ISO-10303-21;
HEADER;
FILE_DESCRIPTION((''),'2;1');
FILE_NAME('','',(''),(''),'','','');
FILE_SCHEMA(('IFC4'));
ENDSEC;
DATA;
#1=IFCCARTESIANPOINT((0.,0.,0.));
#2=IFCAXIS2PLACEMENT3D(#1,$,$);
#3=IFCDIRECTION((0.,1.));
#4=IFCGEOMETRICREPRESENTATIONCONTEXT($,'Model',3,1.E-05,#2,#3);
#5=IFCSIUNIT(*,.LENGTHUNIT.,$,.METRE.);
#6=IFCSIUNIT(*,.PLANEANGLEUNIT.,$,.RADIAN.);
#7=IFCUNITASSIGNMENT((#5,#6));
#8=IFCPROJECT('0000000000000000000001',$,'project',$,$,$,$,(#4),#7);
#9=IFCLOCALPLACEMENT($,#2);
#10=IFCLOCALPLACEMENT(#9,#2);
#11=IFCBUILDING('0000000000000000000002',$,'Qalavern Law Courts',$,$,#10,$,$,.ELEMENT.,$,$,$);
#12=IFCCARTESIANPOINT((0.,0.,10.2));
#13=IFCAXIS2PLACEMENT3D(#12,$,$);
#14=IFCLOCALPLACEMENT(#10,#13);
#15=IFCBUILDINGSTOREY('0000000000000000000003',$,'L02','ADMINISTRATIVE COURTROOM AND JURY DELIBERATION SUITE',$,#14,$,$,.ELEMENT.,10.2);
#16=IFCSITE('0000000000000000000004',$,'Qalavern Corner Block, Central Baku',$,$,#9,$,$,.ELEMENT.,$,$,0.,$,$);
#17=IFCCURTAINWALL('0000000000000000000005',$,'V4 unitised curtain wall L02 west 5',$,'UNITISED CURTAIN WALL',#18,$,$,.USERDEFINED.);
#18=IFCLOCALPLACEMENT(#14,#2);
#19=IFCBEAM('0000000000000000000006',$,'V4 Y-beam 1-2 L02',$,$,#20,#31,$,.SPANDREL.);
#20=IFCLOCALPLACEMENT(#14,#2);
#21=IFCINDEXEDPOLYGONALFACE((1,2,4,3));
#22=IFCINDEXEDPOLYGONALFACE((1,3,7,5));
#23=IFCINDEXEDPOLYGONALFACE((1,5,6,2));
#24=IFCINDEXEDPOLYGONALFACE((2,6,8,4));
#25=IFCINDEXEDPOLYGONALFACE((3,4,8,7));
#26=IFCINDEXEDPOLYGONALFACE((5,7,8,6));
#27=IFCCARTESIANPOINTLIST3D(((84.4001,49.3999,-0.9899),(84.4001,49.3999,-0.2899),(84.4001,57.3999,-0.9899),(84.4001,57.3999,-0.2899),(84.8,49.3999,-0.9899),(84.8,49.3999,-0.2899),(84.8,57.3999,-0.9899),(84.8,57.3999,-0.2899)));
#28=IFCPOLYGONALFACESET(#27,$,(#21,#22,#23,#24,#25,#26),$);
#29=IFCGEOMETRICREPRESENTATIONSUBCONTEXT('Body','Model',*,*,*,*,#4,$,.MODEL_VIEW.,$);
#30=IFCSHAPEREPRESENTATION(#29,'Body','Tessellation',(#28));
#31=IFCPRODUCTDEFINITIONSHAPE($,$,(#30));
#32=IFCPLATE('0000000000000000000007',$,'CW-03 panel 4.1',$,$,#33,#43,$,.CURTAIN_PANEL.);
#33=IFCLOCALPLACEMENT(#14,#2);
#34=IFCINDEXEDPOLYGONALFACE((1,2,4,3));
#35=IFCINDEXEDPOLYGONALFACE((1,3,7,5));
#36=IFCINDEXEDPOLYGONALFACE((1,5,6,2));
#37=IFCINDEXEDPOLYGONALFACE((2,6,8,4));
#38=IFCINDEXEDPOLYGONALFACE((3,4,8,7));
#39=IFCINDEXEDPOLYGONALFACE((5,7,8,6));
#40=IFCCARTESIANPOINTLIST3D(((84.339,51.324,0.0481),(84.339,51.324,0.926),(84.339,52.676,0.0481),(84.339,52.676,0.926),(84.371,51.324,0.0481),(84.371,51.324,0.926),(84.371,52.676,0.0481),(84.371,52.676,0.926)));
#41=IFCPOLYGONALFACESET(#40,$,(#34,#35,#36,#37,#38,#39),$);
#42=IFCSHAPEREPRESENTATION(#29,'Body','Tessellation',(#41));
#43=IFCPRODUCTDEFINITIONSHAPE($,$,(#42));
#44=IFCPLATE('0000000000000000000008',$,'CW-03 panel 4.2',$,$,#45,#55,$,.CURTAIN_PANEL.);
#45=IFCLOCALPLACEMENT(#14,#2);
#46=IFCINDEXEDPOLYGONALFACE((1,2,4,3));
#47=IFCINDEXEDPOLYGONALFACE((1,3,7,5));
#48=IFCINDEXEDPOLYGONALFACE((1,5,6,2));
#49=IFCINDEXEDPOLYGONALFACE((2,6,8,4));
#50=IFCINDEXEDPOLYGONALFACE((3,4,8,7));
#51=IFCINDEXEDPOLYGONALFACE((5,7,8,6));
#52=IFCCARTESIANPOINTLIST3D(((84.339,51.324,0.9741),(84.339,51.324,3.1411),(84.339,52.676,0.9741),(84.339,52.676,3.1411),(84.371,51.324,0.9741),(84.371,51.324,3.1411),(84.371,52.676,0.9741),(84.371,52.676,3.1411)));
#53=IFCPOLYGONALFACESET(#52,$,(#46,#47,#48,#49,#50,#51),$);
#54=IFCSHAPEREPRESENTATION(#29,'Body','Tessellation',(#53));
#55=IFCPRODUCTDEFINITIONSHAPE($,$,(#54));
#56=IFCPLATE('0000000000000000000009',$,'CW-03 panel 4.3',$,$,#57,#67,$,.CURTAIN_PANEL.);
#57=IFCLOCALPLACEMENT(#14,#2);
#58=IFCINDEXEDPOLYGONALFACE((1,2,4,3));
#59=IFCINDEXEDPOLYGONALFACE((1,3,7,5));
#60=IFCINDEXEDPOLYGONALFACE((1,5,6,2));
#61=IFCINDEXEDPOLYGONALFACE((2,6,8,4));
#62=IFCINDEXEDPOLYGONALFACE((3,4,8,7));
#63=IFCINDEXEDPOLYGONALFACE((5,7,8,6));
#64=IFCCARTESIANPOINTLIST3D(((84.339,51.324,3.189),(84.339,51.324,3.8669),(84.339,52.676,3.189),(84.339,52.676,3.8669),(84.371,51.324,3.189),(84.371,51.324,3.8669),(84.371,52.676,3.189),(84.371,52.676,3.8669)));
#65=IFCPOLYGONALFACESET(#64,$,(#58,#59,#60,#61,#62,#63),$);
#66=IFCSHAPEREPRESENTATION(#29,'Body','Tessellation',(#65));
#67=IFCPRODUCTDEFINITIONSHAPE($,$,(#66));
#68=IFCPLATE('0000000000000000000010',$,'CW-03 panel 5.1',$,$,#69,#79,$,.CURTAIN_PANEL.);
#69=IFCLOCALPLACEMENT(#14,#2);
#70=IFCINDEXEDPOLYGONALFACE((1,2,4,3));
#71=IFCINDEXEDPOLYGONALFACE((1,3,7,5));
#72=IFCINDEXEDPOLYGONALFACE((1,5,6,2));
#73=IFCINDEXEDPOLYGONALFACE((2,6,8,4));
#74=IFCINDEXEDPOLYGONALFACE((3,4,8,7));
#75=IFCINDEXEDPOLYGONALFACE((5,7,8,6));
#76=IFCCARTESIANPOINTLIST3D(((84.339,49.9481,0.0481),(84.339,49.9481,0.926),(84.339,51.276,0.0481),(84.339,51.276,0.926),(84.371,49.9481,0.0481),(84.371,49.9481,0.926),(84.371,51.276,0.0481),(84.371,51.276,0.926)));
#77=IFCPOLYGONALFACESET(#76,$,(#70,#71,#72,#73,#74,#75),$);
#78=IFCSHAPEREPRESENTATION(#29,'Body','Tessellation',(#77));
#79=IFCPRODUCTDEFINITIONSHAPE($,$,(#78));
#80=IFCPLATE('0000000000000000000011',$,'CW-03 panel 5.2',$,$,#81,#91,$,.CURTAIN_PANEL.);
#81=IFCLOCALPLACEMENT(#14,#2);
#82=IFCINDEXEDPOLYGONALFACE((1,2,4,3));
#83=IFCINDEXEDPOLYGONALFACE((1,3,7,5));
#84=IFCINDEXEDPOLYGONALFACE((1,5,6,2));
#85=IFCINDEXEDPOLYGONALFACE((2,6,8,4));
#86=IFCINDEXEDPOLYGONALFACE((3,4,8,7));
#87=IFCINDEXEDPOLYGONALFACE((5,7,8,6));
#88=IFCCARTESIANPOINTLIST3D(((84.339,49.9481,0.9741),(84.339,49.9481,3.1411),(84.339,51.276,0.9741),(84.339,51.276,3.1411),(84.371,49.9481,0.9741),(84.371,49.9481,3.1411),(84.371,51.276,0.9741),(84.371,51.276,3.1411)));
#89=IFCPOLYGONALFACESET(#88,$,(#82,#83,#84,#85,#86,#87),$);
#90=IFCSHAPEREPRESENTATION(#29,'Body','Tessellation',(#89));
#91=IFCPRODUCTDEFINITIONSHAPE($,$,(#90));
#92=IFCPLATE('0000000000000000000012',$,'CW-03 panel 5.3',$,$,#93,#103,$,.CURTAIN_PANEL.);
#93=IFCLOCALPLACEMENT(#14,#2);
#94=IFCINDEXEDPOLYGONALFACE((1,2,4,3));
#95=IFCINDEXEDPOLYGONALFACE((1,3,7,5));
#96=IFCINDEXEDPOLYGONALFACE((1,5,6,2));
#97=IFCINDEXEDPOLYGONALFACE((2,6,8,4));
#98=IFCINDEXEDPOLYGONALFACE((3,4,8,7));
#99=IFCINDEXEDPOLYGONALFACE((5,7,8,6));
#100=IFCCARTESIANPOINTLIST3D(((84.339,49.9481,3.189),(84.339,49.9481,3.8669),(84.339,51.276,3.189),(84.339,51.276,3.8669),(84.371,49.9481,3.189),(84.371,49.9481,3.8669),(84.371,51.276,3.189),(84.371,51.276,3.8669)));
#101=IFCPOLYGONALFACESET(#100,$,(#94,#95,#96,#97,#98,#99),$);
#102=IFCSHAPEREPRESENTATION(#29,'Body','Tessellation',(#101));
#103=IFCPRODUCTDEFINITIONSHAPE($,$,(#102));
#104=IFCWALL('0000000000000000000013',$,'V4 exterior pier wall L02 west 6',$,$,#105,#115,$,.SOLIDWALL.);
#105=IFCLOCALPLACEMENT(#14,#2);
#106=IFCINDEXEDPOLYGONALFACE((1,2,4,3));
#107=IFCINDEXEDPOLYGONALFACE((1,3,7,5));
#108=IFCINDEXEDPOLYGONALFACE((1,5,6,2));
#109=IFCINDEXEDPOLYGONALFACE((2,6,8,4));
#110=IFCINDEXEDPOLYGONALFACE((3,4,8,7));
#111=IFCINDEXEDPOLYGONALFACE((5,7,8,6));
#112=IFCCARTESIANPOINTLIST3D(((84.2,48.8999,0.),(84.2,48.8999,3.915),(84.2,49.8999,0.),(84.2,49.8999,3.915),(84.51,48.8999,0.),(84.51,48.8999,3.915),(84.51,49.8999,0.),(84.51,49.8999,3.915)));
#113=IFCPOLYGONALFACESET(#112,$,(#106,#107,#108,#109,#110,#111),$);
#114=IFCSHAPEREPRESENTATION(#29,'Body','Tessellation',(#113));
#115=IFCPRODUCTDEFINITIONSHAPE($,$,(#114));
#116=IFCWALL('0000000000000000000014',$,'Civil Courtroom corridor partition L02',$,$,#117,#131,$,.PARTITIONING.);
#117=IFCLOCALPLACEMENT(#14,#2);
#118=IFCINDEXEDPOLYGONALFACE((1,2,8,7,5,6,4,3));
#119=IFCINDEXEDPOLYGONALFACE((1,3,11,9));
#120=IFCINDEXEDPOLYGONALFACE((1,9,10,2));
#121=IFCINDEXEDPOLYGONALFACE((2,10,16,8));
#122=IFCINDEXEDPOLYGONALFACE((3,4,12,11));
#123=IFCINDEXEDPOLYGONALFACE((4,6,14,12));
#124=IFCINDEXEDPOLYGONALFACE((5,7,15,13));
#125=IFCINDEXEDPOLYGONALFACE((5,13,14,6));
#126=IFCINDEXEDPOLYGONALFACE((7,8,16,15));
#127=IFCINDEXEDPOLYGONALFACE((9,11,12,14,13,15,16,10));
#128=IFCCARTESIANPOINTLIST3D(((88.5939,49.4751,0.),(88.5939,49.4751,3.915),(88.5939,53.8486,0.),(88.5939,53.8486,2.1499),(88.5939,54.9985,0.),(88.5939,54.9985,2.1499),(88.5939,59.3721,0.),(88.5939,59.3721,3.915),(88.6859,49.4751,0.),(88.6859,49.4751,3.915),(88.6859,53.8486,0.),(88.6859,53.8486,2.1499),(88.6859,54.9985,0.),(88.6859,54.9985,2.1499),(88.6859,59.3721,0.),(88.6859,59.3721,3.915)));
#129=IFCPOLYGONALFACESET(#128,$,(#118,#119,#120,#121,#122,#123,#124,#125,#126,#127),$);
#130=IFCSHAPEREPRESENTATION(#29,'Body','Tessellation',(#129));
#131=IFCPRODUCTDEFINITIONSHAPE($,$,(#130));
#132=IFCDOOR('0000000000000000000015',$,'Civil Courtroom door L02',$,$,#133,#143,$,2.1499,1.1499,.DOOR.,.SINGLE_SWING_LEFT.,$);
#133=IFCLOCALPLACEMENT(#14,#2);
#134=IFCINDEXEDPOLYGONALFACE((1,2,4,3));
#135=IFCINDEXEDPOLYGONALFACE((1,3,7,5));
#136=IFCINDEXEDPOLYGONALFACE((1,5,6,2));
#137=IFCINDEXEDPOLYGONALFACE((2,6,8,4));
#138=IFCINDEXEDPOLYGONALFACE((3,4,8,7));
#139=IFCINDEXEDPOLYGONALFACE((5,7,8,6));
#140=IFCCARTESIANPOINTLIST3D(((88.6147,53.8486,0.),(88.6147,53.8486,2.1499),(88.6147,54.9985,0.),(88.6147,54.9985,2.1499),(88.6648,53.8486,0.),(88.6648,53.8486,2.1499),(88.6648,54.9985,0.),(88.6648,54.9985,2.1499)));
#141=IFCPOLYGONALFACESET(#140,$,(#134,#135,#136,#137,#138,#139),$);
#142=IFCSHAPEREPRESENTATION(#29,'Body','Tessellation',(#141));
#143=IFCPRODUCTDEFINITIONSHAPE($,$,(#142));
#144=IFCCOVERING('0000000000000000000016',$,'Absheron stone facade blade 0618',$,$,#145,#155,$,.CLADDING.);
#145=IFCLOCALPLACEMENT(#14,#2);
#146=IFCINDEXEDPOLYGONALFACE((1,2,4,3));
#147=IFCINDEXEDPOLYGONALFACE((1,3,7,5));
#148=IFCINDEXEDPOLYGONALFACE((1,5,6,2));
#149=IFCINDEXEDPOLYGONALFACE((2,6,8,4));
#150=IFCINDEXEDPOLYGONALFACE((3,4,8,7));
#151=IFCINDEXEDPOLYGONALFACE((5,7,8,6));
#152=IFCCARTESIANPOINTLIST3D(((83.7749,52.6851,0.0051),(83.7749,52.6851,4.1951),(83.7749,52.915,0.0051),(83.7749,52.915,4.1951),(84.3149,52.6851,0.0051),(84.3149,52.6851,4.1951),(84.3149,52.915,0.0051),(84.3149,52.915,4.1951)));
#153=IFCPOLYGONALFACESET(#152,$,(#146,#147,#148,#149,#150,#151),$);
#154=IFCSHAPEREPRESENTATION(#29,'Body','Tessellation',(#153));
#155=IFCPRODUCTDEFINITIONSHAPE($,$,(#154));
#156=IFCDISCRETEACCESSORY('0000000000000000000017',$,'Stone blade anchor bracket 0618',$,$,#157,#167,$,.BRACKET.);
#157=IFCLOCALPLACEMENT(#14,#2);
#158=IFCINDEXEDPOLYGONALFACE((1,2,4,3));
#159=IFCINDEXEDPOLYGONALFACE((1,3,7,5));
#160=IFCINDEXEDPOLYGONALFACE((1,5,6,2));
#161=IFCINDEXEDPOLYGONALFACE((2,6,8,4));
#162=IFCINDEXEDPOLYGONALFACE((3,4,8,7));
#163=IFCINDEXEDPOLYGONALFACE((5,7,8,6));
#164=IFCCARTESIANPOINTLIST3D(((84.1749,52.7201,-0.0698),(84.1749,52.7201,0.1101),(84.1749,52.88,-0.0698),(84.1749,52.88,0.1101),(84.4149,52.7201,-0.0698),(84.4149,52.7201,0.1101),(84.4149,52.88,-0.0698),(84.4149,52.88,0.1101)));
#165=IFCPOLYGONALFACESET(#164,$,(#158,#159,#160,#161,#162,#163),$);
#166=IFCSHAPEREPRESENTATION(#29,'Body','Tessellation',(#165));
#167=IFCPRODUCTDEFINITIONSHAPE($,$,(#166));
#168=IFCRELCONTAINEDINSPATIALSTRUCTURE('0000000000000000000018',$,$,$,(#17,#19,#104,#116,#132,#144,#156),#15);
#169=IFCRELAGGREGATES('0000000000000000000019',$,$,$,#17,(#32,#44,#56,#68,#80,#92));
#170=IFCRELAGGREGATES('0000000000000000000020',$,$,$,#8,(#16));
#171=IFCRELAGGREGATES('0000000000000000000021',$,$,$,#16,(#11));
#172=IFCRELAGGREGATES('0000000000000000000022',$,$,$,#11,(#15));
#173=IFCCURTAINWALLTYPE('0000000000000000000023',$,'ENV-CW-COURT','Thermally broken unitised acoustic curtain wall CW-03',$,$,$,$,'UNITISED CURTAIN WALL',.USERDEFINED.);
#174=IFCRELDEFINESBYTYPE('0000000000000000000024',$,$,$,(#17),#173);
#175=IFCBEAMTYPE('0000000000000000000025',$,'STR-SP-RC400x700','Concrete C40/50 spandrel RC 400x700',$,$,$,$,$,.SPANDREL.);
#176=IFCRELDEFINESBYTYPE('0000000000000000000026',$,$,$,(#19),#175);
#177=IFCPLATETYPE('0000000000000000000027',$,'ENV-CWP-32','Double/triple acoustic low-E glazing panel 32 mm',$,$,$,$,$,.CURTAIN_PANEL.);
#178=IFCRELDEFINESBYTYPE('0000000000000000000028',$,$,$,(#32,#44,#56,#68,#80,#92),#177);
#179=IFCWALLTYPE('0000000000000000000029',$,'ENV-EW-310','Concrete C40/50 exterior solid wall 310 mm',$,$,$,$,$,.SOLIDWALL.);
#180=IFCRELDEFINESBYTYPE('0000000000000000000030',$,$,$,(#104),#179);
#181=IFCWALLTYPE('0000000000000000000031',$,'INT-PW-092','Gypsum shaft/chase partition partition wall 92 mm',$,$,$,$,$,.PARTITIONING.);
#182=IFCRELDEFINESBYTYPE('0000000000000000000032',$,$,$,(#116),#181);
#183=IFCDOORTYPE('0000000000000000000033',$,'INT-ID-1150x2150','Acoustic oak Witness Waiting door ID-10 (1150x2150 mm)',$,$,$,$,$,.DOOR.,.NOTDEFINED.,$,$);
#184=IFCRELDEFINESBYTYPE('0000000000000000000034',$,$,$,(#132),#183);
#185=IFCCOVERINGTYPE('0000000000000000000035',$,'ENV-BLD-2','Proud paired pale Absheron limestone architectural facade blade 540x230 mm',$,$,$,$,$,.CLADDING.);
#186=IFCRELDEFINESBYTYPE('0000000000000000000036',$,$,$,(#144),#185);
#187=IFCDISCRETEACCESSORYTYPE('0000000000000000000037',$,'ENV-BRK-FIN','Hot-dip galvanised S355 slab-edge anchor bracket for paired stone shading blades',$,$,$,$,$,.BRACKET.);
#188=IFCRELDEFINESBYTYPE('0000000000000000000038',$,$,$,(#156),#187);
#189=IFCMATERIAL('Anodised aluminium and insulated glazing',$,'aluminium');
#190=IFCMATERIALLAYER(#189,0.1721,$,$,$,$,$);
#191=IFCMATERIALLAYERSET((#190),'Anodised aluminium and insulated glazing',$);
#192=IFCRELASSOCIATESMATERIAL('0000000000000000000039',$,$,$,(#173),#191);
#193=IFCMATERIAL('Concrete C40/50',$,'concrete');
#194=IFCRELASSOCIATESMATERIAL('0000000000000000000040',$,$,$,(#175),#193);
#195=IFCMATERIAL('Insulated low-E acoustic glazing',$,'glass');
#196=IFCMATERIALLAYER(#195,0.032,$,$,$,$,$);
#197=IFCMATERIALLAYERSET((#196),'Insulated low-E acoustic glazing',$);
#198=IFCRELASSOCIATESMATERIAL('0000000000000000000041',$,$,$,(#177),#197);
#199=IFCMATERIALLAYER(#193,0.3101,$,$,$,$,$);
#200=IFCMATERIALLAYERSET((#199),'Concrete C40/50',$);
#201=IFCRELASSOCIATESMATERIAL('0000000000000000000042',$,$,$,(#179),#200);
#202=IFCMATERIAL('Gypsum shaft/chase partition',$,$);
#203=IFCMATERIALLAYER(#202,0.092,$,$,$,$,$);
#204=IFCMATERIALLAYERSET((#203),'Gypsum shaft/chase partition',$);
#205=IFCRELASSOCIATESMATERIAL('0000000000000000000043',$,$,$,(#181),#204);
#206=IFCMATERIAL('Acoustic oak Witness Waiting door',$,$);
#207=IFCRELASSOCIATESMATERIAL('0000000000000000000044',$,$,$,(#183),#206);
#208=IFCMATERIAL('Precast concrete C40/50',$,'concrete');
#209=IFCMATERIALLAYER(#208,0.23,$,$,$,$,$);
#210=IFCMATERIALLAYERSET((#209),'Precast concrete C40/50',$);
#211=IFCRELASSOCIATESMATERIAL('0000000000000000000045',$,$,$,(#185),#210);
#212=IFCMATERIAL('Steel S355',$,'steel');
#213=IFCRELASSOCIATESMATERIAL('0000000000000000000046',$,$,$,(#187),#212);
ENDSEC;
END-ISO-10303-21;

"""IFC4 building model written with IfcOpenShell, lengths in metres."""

from ifc_helpers import new_model, si_unit, direction, frame, frame_2d, origin, origin_2d, place, context, subcontext, project, spatial, rectangle, extrude, material, layer, layer_set, material_profile, profile_set, type_object, element, fill, aggregate, save


model = new_model("IFC4")

# Units and contexts
model_context = context("Model", 3, precision=1e-05, world=origin(), true_north=direction((0.0, 1.0)))
body_context = subcontext(model_context, "Body", "Model", "MODEL_VIEW")
ifc_project = project(units=[si_unit("LENGTHUNIT", "METRE"), si_unit("PLANEANGLEUNIT", "RADIAN")], contexts=[model_context])

# Site, building, storey
site_placement = place(None, origin())
site = spatial("IfcSite", under=ifc_project, at=site_placement, Name="Qalavern Corner Block, Central Baku", CompositionType="ELEMENT", RefElevation=0.0)
building_placement = place(site_placement, origin())
building = spatial("IfcBuilding", under=site, at=building_placement, Name="Qalavern Law Courts", CompositionType="ELEMENT")
storey_placement = place(building_placement, frame((0.0, 0.0, 10.2)))
storey = spatial("IfcBuildingStorey", under=building, at=storey_placement, Name="L02", Description="ADMINISTRATIVE COURTROOM AND JURY DELIBERATION SUITE", CompositionType="ELEMENT", Elevation=10.2)

# Curtain wall
ifc_material_1 = material(Name="Anodised aluminium and insulated glazing", Category="aluminium")
ifc_layer_1 = layer(ifc_material_1, 0.1721)
ifc_layer_set_1 = layer_set([ifc_layer_1], Name="Anodised aluminium and insulated glazing")
curtain_wall_type = type_object("IfcCurtainWallType", Name="ENV-CW-COURT", Description="Thermally broken unitised acoustic curtain wall CW-03", ElementType="UNITISED CURTAIN WALL", PredefinedType="USERDEFINED", material=ifc_layer_set_1)
curtain_wall_placement = place(storey_placement, origin())
curtain_wall = element("IfcCurtainWall", 1, at=curtain_wall_placement, inside=storey, type_object=curtain_wall_type, Name="V4 unitised curtain wall L02 west 5", ObjectType="UNITISED CURTAIN WALL", PredefinedType="USERDEFINED")

# Beam
ifc_material_2 = material(Name="Concrete C40/50", Category="concrete")
ifc_material_profile_1 = material_profile(ifc_material_2, rectangle(XDim=0.3999, YDim=0.7, at=origin_2d()), Name="RC 400x700")
ifc_profile_set_1 = profile_set([ifc_material_profile_1], Name="Concrete C40/50")
beam_type = type_object("IfcBeamType", Name="STR-SP-RC400x700", Description="Concrete C40/50 spandrel RC 400x700", PredefinedType="SPANDREL", material=ifc_profile_set_1)
beam_placement = place(storey_placement, frame((84.6001, 49.3999, -0.6399), z_axis=(0.0, 1.0, 0.0), x_axis=(-1.0, 0.0, 0.0)))
element("IfcBeam", 2, at=beam_placement, inside=storey, type_object=beam_type, Name="V4 Y-beam 1-2 L02", PredefinedType="SPANDREL", context=body_context, shape_type="SweptSolid", body=[
    extrude(rectangle(XDim=0.3999, YDim=0.7, at=origin_2d()), origin(), (0.0, 0.0, 1.0), 8.0),
])

# Plates
ifc_material_3 = material(Name="Insulated low-E acoustic glazing", Category="glass")
ifc_layer_2 = layer(ifc_material_3, 0.032)
ifc_layer_set_2 = layer_set([ifc_layer_2], Name="Insulated low-E acoustic glazing")
plate_type = type_object("IfcPlateType", Name="ENV-CWP-32", Description="Double/triple acoustic low-E glazing panel 32 mm", PredefinedType="CURTAIN_PANEL", material=ifc_layer_set_2)
plate_1_placement = place(storey_placement, frame((84.355, 52.0, 0.0481), z_axis=(0.0, 0.0, 1.0), x_axis=(0.0, -1.0, 0.0)))
plate_1 = element("IfcPlate", 3, at=plate_1_placement, type_object=plate_type, Name="CW-03 panel 4.1", PredefinedType="CURTAIN_PANEL", context=body_context, shape_type="SweptSolid", body=[
    extrude(rectangle(XDim=1.3521, YDim=0.032, at=origin_2d()), origin(), (0.0, 0.0, 1.0), 0.8779),
])
plate_2_placement = place(storey_placement, frame((84.355, 52.0, 0.9741), z_axis=(0.0, 0.0, 1.0), x_axis=(0.0, -1.0, 0.0)))
plate_2 = element("IfcPlate", 4, at=plate_2_placement, type_object=plate_type, Name="CW-03 panel 4.2", PredefinedType="CURTAIN_PANEL", context=body_context, shape_type="SweptSolid", body=[
    extrude(rectangle(XDim=1.3521, YDim=0.032, at=origin_2d()), origin(), (0.0, 0.0, 1.0), 2.167),
])
plate_3_placement = place(storey_placement, frame((84.355, 52.0, 3.189), z_axis=(0.0, 0.0, 1.0), x_axis=(0.0, -1.0, 0.0)))
plate_3 = element("IfcPlate", 5, at=plate_3_placement, type_object=plate_type, Name="CW-03 panel 4.3", PredefinedType="CURTAIN_PANEL", context=body_context, shape_type="SweptSolid", body=[
    extrude(rectangle(XDim=1.3521, YDim=0.032, at=origin_2d()), origin(), (0.0, 0.0, 1.0), 0.678),
])
plate_4_placement = place(storey_placement, frame((84.355, 50.6121, 0.0481), z_axis=(0.0, 0.0, 1.0), x_axis=(0.0, -1.0, 0.0)))
plate_4 = element("IfcPlate", 6, at=plate_4_placement, type_object=plate_type, Name="CW-03 panel 5.1", PredefinedType="CURTAIN_PANEL", context=body_context, shape_type="SweptSolid", body=[
    extrude(rectangle(XDim=1.3279, YDim=0.032, at=origin_2d()), origin(), (0.0, 0.0, 1.0), 0.8779),
])
plate_5_placement = place(storey_placement, frame((84.355, 50.6121, 0.9741), z_axis=(0.0, 0.0, 1.0), x_axis=(0.0, -1.0, 0.0)))
plate_5 = element("IfcPlate", 7, at=plate_5_placement, type_object=plate_type, Name="CW-03 panel 5.2", PredefinedType="CURTAIN_PANEL", context=body_context, shape_type="SweptSolid", body=[
    extrude(rectangle(XDim=1.3279, YDim=0.032, at=origin_2d()), origin(), (0.0, 0.0, 1.0), 2.167),
])
plate_6_placement = place(storey_placement, frame((84.355, 50.6121, 3.189), z_axis=(0.0, 0.0, 1.0), x_axis=(0.0, -1.0, 0.0)))
plate_6 = element("IfcPlate", 8, at=plate_6_placement, type_object=plate_type, Name="CW-03 panel 5.3", PredefinedType="CURTAIN_PANEL", context=body_context, shape_type="SweptSolid", body=[
    extrude(rectangle(XDim=1.3279, YDim=0.032, at=origin_2d()), origin(), (0.0, 0.0, 1.0), 0.678),
])
aggregate(curtain_wall, [plate_1, plate_2, plate_3, plate_4, plate_5, plate_6])

# Wall
ifc_layer_3 = layer(ifc_material_2, 0.3101)
ifc_layer_set_3 = layer_set([ifc_layer_3], Name="Concrete C40/50")
wall_type_1 = type_object("IfcWallType", Name="ENV-EW-310", Description="Concrete C40/50 exterior solid wall 310 mm", PredefinedType="SOLIDWALL", material=ifc_layer_set_3)
wall_1_placement = place(storey_placement, frame((84.355, 49.8999, 0.0), z_axis=(0.0, 0.0, 1.0), x_axis=(0.0, -1.0, 0.0)))
element("IfcWall", 9, at=wall_1_placement, inside=storey, type_object=wall_type_1, Name="V4 exterior pier wall L02 west 6", PredefinedType="SOLIDWALL", context=body_context, shape_type="SweptSolid", body=[
    extrude(rectangle(XDim=1.0, YDim=0.3101, at=frame_2d((0.5, 0.0))), origin(), (0.0, 0.0, 1.0), 3.915),
])

# Wall, opening, door
ifc_material_4 = material(Name="Gypsum shaft/chase partition")
ifc_layer_4 = layer(ifc_material_4, 0.092)
ifc_layer_set_4 = layer_set([ifc_layer_4], Name="Gypsum shaft/chase partition")
wall_type_2 = type_object("IfcWallType", Name="INT-PW-092", Description="Gypsum shaft/chase partition partition wall 92 mm", PredefinedType="PARTITIONING", material=ifc_layer_set_4)
wall_2_placement = place(storey_placement, frame((88.6399, 49.4751, 0.0), z_axis=(0.0, 0.0, 1.0), x_axis=(0.0, 1.0, 0.0)))
wall_2 = element("IfcWall", 10, at=wall_2_placement, inside=storey, type_object=wall_type_2, Name="Civil Courtroom corridor partition L02", PredefinedType="PARTITIONING", context=body_context, shape_type="SweptSolid", body=[
    extrude(rectangle(XDim=9.897, YDim=0.092, at=frame_2d((4.9485, 0.0))), origin(), (0.0, 0.0, 1.0), 3.915),
])
opening_placement = place(wall_2_placement, frame((4.3735, 0.0, 0.0)))
opening = element("IfcOpeningElement", 11, at=opening_placement, cuts=wall_2, PredefinedType="OPENING", context=body_context, shape_type="SweptSolid", body=[
    extrude(rectangle(XDim=1.1499, YDim=2.1499, at=frame_2d((0.575, 1.075))), frame((0.0, 0.061, 0.0), z_axis=(0.0, -1.0, 0.0), x_axis=(1.0, 0.0, 0.0)), (0.0, 0.0, 1.0), 0.1218),
])
ifc_material_5 = material(Name="Acoustic oak Witness Waiting door")
door_type = type_object("IfcDoorType", Name="INT-ID-1150x2150", Description="Acoustic oak Witness Waiting door ID-10 (1150x2150 mm)", OperationType="NOTDEFINED", PredefinedType="DOOR", material=ifc_material_5)
door_placement = place(opening_placement, frame((1.1499, 0.0, 0.0), z_axis=(0.0, 0.0, 1.0), x_axis=(-1.0, 0.0, 0.0)))
door = element("IfcDoor", 12, at=door_placement, inside=storey, type_object=door_type, Name="Civil Courtroom door L02", OperationType="SINGLE_SWING_LEFT", OverallHeight=2.1499, OverallWidth=1.1499, PredefinedType="DOOR", context=body_context, shape_type="SweptSolid", body=[
    extrude(rectangle(XDim=1.1499, YDim=2.1499, at=frame_2d((0.575, 1.075))), frame((0.0, 0.0249, 0.0), z_axis=(0.0, -1.0, 0.0), x_axis=(1.0, 0.0, 0.0)), (0.0, 0.0, 1.0), 0.05),
])
fill(opening, door)

# Covering
ifc_material_6 = material(Name="Precast concrete C40/50", Category="concrete")
ifc_layer_5 = layer(ifc_material_6, 0.23)
ifc_layer_set_5 = layer_set([ifc_layer_5], Name="Precast concrete C40/50")
covering_type = type_object("IfcCoveringType", Name="ENV-BLD-2", Description="Proud paired pale Absheron limestone architectural facade blade 540x230 mm", PredefinedType="CLADDING", material=ifc_layer_set_5)
covering_placement = place(storey_placement, frame((84.0449, 52.8, 0.0051), z_axis=(0.0, 0.0, 1.0), x_axis=(-1.0, 0.0, 0.0)))
element("IfcCovering", 13, at=covering_placement, inside=storey, type_object=covering_type, Name="Absheron stone facade blade 0618", PredefinedType="CLADDING", context=body_context, shape_type="SweptSolid", body=[
    extrude(rectangle(XDim=0.54, YDim=0.23, at=origin_2d()), origin(), (0.0, 0.0, 1.0), 4.1899),
])

# Discrete accessory
ifc_material_7 = material(Name="Steel S355", Category="steel")
discrete_accessory_type = type_object("IfcDiscreteAccessoryType", Name="ENV-BRK-FIN", Description="Hot-dip galvanised S355 slab-edge anchor bracket for paired stone shading blades", PredefinedType="BRACKET", material=ifc_material_7)
discrete_accessory_placement = place(storey_placement, frame((84.2949, 52.8, -0.0698), z_axis=(0.0, 0.0, 1.0), x_axis=(-1.0, 0.0, 0.0)))
element("IfcDiscreteAccessory", 14, at=discrete_accessory_placement, inside=storey, type_object=discrete_accessory_type, Name="Stone blade anchor bracket 0618", PredefinedType="BRACKET", context=body_context, shape_type="SweptSolid", body=[
    extrude(rectangle(XDim=0.24, YDim=0.1599, at=origin_2d()), origin(), (0.0, 0.0, 1.0), 0.1799),
])

save(model, "model.ifc")
